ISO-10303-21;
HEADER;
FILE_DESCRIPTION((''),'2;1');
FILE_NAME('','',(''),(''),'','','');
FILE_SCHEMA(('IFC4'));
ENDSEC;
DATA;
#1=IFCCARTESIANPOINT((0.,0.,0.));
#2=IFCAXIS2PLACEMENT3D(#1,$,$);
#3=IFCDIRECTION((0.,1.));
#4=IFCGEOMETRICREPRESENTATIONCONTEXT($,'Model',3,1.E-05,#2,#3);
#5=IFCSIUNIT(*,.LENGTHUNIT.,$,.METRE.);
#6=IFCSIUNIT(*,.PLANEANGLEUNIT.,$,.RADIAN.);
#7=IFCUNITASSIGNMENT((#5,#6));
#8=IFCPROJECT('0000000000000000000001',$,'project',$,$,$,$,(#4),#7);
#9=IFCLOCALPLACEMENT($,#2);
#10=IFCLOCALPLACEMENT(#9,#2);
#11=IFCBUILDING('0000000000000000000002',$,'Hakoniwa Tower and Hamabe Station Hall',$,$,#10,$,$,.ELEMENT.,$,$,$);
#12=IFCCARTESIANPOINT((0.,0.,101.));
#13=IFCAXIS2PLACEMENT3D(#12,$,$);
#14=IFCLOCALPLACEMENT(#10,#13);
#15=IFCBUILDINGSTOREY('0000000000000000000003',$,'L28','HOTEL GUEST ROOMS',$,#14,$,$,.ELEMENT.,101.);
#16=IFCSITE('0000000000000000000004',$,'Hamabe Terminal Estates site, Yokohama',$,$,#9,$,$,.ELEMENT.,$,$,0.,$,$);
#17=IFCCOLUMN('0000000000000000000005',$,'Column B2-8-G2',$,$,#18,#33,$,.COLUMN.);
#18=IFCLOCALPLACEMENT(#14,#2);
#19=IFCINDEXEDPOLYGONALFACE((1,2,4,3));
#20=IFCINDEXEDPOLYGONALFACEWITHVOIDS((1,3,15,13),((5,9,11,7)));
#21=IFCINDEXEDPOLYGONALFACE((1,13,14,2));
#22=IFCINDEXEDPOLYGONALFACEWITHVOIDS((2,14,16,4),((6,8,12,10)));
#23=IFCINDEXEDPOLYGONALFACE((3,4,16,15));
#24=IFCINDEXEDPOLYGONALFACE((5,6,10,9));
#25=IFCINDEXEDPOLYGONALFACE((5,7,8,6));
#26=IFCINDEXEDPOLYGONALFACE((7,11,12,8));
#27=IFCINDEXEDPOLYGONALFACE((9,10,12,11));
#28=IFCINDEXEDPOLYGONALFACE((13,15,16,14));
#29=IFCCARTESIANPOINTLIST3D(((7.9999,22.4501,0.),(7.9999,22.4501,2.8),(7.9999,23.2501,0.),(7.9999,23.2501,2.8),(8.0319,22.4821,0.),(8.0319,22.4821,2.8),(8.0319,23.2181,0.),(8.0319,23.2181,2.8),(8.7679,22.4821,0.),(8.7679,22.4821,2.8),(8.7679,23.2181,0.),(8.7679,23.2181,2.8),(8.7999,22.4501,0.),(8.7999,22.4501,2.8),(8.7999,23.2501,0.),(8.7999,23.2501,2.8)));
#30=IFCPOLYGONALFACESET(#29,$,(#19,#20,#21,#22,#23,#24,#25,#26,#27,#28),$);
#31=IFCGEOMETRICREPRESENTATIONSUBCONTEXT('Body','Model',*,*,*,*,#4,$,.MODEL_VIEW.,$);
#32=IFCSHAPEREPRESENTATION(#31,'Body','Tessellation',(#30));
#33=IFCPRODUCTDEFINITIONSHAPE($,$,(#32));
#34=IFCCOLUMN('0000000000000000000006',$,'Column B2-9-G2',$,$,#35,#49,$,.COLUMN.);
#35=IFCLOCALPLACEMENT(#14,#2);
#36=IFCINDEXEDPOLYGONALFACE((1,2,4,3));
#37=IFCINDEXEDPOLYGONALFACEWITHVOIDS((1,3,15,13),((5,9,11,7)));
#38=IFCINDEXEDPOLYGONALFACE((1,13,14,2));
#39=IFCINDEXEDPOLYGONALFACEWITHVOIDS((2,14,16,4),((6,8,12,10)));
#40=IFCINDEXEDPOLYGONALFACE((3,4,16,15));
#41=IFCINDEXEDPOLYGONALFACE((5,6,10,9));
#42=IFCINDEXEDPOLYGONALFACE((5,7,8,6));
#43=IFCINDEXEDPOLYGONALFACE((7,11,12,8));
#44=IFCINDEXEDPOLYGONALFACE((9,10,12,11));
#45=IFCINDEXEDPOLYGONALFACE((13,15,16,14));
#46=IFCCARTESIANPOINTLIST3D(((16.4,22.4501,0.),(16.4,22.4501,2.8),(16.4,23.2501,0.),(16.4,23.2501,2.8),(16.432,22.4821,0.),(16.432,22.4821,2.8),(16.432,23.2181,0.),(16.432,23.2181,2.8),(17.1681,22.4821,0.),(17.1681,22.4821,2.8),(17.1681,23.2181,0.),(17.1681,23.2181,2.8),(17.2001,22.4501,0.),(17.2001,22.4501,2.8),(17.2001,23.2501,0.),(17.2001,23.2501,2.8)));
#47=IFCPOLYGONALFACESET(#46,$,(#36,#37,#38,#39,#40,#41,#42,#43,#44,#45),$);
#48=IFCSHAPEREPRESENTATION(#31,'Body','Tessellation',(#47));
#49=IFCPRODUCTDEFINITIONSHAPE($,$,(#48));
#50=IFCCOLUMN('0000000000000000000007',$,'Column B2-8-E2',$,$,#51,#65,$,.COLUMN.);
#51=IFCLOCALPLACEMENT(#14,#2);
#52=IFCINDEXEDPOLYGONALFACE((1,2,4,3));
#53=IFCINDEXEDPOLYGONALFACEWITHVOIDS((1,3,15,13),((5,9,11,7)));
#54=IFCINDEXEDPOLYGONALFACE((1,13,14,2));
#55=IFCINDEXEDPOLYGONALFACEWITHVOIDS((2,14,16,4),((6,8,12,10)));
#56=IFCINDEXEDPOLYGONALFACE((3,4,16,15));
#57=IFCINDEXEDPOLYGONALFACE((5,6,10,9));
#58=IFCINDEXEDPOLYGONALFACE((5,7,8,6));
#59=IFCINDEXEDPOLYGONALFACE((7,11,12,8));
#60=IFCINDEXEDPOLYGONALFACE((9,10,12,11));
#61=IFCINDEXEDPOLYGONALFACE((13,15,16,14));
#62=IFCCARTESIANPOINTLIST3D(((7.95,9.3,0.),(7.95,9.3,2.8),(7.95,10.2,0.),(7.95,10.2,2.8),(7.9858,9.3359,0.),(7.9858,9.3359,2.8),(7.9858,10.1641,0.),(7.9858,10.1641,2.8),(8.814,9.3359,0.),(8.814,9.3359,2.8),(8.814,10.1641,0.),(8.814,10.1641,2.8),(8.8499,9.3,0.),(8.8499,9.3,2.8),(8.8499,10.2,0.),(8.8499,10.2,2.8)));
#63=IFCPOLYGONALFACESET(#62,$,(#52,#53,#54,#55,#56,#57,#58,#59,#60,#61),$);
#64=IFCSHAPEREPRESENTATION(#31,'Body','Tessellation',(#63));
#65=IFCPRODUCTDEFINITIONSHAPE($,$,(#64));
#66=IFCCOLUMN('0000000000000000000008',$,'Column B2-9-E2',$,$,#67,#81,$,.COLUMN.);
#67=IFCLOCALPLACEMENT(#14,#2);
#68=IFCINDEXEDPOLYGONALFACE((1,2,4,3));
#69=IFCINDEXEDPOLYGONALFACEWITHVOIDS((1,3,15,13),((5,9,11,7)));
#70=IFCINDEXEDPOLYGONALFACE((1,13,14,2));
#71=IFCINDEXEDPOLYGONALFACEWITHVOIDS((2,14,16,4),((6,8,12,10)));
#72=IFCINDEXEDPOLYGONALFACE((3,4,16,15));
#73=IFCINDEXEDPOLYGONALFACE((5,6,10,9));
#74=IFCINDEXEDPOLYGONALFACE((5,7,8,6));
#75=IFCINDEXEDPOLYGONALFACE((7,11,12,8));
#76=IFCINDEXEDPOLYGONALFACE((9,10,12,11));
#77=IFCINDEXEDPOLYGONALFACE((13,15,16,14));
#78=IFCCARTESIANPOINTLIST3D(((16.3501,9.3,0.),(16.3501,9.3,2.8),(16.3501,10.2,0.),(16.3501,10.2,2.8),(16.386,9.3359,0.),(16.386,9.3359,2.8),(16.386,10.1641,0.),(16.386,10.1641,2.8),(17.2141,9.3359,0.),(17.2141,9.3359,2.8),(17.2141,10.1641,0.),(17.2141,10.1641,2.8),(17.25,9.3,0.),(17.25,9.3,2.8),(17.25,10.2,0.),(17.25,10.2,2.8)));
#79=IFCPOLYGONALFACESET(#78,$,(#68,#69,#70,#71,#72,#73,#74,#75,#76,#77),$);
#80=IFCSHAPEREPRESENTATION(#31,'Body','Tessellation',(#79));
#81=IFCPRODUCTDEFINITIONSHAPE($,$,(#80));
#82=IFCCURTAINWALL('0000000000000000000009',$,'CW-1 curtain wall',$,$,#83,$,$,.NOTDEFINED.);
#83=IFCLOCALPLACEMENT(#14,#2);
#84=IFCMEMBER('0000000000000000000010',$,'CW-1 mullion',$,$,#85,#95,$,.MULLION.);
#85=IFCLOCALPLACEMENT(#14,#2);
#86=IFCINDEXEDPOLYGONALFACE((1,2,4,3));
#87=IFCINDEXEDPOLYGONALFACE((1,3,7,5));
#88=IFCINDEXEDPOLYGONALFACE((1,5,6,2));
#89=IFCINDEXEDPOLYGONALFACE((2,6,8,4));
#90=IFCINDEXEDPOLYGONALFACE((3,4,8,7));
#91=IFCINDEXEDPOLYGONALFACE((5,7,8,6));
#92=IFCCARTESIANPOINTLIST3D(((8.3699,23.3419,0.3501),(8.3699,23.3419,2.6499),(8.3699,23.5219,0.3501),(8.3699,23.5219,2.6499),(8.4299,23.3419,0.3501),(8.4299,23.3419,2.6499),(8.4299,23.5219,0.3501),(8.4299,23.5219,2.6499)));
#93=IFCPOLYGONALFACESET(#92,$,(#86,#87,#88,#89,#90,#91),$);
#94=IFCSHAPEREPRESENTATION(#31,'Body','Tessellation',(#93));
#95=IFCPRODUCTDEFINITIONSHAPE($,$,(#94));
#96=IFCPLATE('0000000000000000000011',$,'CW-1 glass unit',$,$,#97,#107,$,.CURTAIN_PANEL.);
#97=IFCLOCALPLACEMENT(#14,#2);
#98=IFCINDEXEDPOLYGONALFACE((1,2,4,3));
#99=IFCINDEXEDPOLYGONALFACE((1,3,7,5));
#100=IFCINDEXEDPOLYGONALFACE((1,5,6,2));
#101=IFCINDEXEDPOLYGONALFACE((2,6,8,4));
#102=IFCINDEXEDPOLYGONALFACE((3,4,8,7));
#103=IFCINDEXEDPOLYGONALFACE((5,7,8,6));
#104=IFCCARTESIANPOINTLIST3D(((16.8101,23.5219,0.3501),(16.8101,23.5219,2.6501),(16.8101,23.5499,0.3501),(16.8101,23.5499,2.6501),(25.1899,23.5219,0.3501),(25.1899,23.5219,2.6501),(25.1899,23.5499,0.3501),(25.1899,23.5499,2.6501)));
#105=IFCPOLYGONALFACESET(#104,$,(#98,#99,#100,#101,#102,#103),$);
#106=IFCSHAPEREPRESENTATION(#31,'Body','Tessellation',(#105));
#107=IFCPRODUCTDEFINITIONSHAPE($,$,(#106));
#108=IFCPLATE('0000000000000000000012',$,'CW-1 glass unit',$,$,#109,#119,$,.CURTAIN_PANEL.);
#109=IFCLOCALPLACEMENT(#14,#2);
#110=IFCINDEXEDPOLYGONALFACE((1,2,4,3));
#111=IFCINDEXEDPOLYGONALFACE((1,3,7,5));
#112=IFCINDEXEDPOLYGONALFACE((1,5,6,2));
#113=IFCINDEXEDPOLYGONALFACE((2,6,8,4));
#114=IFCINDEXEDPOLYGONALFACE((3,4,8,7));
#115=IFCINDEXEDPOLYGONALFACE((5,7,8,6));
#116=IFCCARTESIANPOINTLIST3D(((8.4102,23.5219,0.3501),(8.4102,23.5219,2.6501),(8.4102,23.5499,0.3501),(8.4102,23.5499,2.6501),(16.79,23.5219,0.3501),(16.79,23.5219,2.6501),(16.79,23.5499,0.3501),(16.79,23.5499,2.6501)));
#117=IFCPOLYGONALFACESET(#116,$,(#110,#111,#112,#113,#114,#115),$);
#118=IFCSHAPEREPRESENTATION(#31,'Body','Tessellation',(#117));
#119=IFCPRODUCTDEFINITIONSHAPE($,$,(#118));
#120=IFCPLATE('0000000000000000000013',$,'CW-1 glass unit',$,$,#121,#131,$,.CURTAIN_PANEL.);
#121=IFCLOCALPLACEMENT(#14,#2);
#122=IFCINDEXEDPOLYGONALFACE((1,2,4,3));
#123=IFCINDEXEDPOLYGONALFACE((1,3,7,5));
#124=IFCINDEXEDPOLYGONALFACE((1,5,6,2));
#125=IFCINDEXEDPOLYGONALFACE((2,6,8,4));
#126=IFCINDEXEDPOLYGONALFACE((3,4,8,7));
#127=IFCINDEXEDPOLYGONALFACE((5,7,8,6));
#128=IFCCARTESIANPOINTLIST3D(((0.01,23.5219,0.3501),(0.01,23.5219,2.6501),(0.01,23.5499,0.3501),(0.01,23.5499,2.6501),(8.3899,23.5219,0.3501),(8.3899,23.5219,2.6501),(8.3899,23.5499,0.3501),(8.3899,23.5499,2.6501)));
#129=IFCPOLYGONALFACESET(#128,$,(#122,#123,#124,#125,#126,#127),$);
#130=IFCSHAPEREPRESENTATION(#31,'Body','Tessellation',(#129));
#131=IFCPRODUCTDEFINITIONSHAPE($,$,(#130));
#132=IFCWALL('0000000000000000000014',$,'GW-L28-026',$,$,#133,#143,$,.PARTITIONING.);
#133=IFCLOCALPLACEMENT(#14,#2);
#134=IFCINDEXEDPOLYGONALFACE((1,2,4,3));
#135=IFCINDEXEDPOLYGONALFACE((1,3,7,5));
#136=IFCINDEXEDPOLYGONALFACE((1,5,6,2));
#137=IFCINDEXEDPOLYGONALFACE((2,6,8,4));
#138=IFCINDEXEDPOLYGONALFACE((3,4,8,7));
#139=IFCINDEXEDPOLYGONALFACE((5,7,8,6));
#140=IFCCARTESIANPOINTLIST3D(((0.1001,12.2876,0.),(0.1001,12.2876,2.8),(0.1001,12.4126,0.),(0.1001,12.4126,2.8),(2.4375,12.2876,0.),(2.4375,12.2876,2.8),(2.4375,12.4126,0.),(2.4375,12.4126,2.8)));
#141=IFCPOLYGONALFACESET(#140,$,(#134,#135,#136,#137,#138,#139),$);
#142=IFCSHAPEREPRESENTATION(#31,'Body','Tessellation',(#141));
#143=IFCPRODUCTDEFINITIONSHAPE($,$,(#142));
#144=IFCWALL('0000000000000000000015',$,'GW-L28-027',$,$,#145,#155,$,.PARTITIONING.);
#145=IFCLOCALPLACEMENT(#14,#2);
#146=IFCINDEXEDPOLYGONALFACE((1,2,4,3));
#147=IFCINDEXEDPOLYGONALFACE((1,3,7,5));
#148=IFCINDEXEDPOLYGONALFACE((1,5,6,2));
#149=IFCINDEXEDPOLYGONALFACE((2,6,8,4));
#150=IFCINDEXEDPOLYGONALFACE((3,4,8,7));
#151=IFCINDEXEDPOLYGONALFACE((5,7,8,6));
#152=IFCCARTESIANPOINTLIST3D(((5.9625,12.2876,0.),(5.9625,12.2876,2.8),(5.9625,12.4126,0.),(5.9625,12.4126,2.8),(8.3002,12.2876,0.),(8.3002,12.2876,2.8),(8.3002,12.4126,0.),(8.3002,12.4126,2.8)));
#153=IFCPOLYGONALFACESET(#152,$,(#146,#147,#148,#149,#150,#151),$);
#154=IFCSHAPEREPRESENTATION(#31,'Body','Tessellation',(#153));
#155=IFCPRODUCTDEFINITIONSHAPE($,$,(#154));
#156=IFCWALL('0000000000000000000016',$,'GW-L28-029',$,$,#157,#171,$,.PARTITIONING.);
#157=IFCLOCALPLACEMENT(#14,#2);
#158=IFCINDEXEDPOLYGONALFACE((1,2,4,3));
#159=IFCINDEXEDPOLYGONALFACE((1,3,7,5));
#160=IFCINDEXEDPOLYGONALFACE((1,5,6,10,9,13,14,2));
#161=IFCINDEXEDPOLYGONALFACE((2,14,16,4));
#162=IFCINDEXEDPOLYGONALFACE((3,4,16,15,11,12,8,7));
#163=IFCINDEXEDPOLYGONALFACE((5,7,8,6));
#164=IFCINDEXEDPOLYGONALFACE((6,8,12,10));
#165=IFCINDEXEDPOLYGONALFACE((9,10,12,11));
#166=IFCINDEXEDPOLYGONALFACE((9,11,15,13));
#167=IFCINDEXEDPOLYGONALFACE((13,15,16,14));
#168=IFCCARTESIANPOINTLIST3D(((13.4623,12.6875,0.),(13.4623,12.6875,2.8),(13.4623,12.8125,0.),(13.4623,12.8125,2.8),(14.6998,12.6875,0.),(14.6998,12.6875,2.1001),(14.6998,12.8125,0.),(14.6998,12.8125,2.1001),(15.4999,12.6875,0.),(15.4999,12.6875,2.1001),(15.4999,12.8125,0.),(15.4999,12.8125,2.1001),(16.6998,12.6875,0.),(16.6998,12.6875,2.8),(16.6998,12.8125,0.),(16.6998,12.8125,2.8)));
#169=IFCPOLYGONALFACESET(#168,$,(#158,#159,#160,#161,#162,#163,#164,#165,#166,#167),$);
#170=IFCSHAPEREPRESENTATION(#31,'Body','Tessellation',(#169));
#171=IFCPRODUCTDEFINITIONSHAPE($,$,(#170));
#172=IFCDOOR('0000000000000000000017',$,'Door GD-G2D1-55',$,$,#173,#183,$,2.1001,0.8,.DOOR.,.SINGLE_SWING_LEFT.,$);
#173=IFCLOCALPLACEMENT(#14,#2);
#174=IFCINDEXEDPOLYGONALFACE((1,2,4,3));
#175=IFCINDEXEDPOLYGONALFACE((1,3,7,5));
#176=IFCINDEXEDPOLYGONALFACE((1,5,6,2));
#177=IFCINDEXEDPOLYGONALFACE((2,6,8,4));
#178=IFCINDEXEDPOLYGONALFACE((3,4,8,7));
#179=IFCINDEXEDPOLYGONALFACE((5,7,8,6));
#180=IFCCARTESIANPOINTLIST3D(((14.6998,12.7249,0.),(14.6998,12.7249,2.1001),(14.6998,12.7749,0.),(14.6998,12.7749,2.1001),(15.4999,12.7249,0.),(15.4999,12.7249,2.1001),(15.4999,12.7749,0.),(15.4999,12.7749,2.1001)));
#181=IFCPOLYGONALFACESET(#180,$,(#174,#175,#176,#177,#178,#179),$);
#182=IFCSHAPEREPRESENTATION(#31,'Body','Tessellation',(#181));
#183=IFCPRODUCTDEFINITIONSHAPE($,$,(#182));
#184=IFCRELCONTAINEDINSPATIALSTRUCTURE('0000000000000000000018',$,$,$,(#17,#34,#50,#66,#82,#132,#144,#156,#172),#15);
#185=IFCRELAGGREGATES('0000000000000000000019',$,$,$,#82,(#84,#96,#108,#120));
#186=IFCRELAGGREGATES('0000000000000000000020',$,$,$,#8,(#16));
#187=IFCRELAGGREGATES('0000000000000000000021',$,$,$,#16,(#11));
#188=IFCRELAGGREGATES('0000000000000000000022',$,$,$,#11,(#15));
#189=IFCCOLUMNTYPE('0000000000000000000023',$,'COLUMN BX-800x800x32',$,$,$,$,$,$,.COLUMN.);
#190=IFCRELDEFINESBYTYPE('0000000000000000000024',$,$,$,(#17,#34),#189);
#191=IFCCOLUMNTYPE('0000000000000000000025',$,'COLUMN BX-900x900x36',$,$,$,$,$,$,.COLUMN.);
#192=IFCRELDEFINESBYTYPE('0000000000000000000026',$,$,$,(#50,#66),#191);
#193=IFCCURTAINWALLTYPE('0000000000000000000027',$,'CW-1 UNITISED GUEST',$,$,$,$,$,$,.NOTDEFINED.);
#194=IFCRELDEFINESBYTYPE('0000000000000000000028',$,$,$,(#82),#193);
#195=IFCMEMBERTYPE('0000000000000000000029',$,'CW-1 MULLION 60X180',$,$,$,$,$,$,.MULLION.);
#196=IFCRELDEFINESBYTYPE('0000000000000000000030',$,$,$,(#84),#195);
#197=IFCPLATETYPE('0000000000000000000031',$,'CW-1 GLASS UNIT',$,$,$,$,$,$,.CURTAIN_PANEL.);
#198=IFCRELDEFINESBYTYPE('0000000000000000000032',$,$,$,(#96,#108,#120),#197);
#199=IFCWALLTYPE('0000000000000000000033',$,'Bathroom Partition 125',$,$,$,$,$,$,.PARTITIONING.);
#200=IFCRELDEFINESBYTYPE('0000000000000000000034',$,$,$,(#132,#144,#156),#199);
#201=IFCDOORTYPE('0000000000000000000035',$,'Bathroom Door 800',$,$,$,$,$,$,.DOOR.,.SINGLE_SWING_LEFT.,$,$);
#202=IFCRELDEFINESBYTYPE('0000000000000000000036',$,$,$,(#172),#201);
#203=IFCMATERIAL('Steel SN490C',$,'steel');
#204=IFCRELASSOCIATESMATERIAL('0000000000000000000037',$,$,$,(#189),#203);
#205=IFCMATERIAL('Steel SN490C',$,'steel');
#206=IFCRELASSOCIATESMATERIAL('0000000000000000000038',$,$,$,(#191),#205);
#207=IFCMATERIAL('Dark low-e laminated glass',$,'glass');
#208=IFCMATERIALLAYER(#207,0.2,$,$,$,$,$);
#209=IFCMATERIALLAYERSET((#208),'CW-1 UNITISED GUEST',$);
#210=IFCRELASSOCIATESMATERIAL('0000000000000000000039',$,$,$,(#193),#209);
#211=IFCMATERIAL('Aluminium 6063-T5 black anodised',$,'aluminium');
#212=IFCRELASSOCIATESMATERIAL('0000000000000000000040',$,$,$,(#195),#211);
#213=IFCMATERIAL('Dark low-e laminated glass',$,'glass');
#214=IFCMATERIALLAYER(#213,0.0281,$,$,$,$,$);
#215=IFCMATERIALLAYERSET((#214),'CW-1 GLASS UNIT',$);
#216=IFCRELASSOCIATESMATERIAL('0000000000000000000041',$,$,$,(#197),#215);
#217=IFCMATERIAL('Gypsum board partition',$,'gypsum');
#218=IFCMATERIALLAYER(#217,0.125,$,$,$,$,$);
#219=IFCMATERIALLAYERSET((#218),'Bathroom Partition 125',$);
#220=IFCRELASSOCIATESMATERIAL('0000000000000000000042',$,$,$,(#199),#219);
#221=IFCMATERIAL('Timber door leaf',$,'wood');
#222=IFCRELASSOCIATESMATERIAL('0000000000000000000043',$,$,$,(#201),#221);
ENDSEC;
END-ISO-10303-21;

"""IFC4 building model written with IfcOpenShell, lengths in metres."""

from ifc_helpers import new_model, si_unit, direction, frame, frame_2d, origin, origin_2d, place, context, subcontext, project, spatial, rectangle, hollow_rectangle, extrude, material, layer, layer_set, material_profile, profile_set, type_object, element, fill, aggregate, save


model = new_model("IFC4")

# Units and contexts
model_context = context("Model", 3, precision=1e-05, world=origin(), true_north=direction((0.0, 1.0)))
body_context = subcontext(model_context, "Body", "Model", "MODEL_VIEW")
ifc_project = project(units=[si_unit("LENGTHUNIT", "METRE"), si_unit("PLANEANGLEUNIT", "RADIAN")], contexts=[model_context])

# Site, building, storey
site_placement = place(None, origin())
site = spatial("IfcSite", under=ifc_project, at=site_placement, Name="Hamabe Terminal Estates site, Yokohama", CompositionType="ELEMENT", RefElevation=0.0)
building_placement = place(site_placement, origin())
building = spatial("IfcBuilding", under=site, at=building_placement, Name="Hakoniwa Tower and Hamabe Station Hall", CompositionType="ELEMENT")
storey_placement = place(building_placement, frame((0.0, 0.0, 101.0)))
storey = spatial("IfcBuildingStorey", under=building, at=storey_placement, Name="L28", Description="HOTEL GUEST ROOMS", CompositionType="ELEMENT", Elevation=101.0)

# Columns
ifc_material_1 = material(Name="Steel SN490C", Category="steel")
ifc_material_profile_1 = material_profile(ifc_material_1, hollow_rectangle(XDim=0.8, YDim=0.8, WallThickness=0.032, at=origin_2d()), Name="BX-800x800x32")
ifc_profile_set_1 = profile_set([ifc_material_profile_1], Name="Steel SN490C")
column_type_1 = type_object("IfcColumnType", Name="COLUMN BX-800x800x32", PredefinedType="COLUMN", material=ifc_profile_set_1)
for number, where, z_axis, x_axis, name in (
    (1, (8.3999, 22.8501, 0.0), (0.0, 0.0, 1.0), (1.0, 0.0, 0.0), "Column B2-8-G2"),
    (2, (16.8, 22.8501, 0.0), (0.0, 0.0, 1.0), (1.0, 0.0, 0.0), "Column B2-9-G2"),
):
    element("IfcColumn", number, at=place(storey_placement, frame(where, z_axis=z_axis, x_axis=x_axis)), inside=storey, type_object=column_type_1, Name=name, PredefinedType="COLUMN", context=body_context, shape_type="SweptSolid", body=[
        extrude(hollow_rectangle(XDim=0.8, YDim=0.8, WallThickness=0.032, at=origin_2d()), origin(), (0.0, 0.0, 1.0), 2.8),
    ])
ifc_material_2 = material(Name="Steel SN490C", Category="steel")
ifc_material_profile_2 = material_profile(ifc_material_2, hollow_rectangle(XDim=0.8999, YDim=0.8999, WallThickness=0.0359, at=origin_2d()), Name="BX-900x900x36")
ifc_profile_set_2 = profile_set([ifc_material_profile_2], Name="Steel SN490C")
column_type_2 = type_object("IfcColumnType", Name="COLUMN BX-900x900x36", PredefinedType="COLUMN", material=ifc_profile_set_2)
for number, where, z_axis, x_axis, name in (
    (3, (8.3999, 9.75, 0.0), (0.0, 0.0, 1.0), (1.0, 0.0, 0.0), "Column B2-8-E2"),
    (4, (16.8, 9.75, 0.0), (0.0, 0.0, 1.0), (1.0, 0.0, 0.0), "Column B2-9-E2"),
):
    element("IfcColumn", number, at=place(storey_placement, frame(where, z_axis=z_axis, x_axis=x_axis)), inside=storey, type_object=column_type_2, Name=name, PredefinedType="COLUMN", context=body_context, shape_type="SweptSolid", body=[
        extrude(hollow_rectangle(XDim=0.8999, YDim=0.8999, WallThickness=0.0359, at=origin_2d()), origin(), (0.0, 0.0, 1.0), 2.8),
    ])

# Curtain wall, member, plates
ifc_material_3 = material(Name="Dark low-e laminated glass", Category="glass")
ifc_layer_1 = layer(ifc_material_3, 0.2)
ifc_layer_set_1 = layer_set([ifc_layer_1], Name="CW-1 UNITISED GUEST")
curtain_wall_type = type_object("IfcCurtainWallType", Name="CW-1 UNITISED GUEST", PredefinedType="NOTDEFINED", material=ifc_layer_set_1)
curtain_wall_placement = place(storey_placement, origin())
curtain_wall = element("IfcCurtainWall", 5, at=curtain_wall_placement, inside=storey, type_object=curtain_wall_type, Name="CW-1 curtain wall", PredefinedType="NOTDEFINED")
ifc_material_4 = material(Name="Aluminium 6063-T5 black anodised", Category="aluminium")
ifc_material_profile_3 = material_profile(ifc_material_4, rectangle(XDim=0.0601, YDim=0.1799, at=origin_2d()), Name="CW-1 MULLION 60X180")
ifc_profile_set_3 = profile_set([ifc_material_profile_3], Name="Aluminium 6063-T5 black anodised")
member_type = type_object("IfcMemberType", Name="CW-1 MULLION 60X180", PredefinedType="MULLION", material=ifc_profile_set_3)
member_placement = place(storey_placement, frame((8.3999, 23.4319, 0.3501), z_axis=(0.0, 0.0, 1.0), x_axis=(-1.0, 0.0, 0.0)))
member = element("IfcMember", 6, at=member_placement, type_object=member_type, Name="CW-1 mullion", PredefinedType="MULLION", context=body_context, shape_type="SweptSolid", body=[
    extrude(rectangle(XDim=0.0601, YDim=0.1799, at=origin_2d()), origin(), (0.0, 0.0, 1.0), 2.2998),
])
ifc_material_5 = material(Name="Dark low-e laminated glass", Category="glass")
ifc_layer_2 = layer(ifc_material_5, 0.0281)
ifc_layer_set_2 = layer_set([ifc_layer_2], Name="CW-1 GLASS UNIT")
plate_type = type_object("IfcPlateType", Name="CW-1 GLASS UNIT", PredefinedType="CURTAIN_PANEL", material=ifc_layer_set_2)
plate_1_placement = place(storey_placement, frame((21.0, 23.5359, 0.3501), z_axis=(0.0, 0.0, 1.0), x_axis=(-1.0, 0.0, 0.0)))
plate_1 = element("IfcPlate", 7, at=plate_1_placement, type_object=plate_type, Name="CW-1 glass unit", PredefinedType="CURTAIN_PANEL", context=body_context, shape_type="SweptSolid", body=[
    extrude(rectangle(XDim=8.3799, YDim=0.0281, at=origin_2d()), origin(), (0.0, 0.0, 1.0), 2.3),
])
plate_2_placement = place(storey_placement, frame((12.6001, 23.5359, 0.3501), z_axis=(0.0, 0.0, 1.0), x_axis=(-1.0, 0.0, 0.0)))
plate_2 = element("IfcPlate", 8, at=plate_2_placement, type_object=plate_type, Name="CW-1 glass unit", PredefinedType="CURTAIN_PANEL", context=body_context, shape_type="SweptSolid", body=[
    extrude(rectangle(XDim=8.3799, YDim=0.0281, at=origin_2d()), origin(), (0.0, 0.0, 1.0), 2.3),
])
plate_3_placement = place(storey_placement, frame((4.2, 23.5359, 0.3501), z_axis=(0.0, 0.0, 1.0), x_axis=(-1.0, 0.0, 0.0)))
plate_3 = element("IfcPlate", 9, at=plate_3_placement, type_object=plate_type, Name="CW-1 glass unit", PredefinedType="CURTAIN_PANEL", context=body_context, shape_type="SweptSolid", body=[
    extrude(rectangle(XDim=8.3799, YDim=0.0281, at=origin_2d()), origin(), (0.0, 0.0, 1.0), 2.3),
])
aggregate(curtain_wall, [member, plate_1, plate_2, plate_3])

# Walls
ifc_material_6 = material(Name="Gypsum board partition", Category="gypsum")
ifc_layer_3 = layer(ifc_material_6, 0.125)
ifc_layer_set_3 = layer_set([ifc_layer_3], Name="Bathroom Partition 125")
wall_type_1 = type_object("IfcWallType", Name="Bathroom Partition 125", PredefinedType="PARTITIONING", material=ifc_layer_set_3)
wall_1_placement = place(storey_placement, frame((0.1001, 12.3501, 0.0), z_axis=(0.0, 0.0, 1.0), x_axis=(1.0, 0.0, 0.0)))
element("IfcWall", 10, at=wall_1_placement, inside=storey, type_object=wall_type_1, Name="GW-L28-026", PredefinedType="PARTITIONING", context=body_context, shape_type="SweptSolid", body=[
    extrude(rectangle(XDim=2.3374, YDim=0.125, at=frame_2d((1.1687, 0.0))), origin(), (0.0, 0.0, 1.0), 2.8),
])
wall_2_placement = place(storey_placement, frame((5.9624, 12.3501, 0.0), z_axis=(0.0, 0.0, 1.0), x_axis=(1.0, 0.0, 0.0)))
element("IfcWall", 11, at=wall_2_placement, inside=storey, type_object=wall_type_1, Name="GW-L28-027", PredefinedType="PARTITIONING", context=body_context, shape_type="SweptSolid", body=[
    extrude(rectangle(XDim=2.3376, YDim=0.125, at=frame_2d((1.1689, 0.0))), origin(), (0.0, 0.0, 1.0), 2.8),
])

# Wall, opening, door
wall_3_placement = place(storey_placement, frame((13.4624, 12.75, 0.0), z_axis=(0.0, 0.0, 1.0), x_axis=(1.0, 0.0, 0.0)))
wall_3 = element("IfcWall", 12, at=wall_3_placement, inside=storey, type_object=wall_type_1, Name="GW-L28-029", PredefinedType="PARTITIONING", context=body_context, shape_type="SweptSolid", body=[
    extrude(rectangle(XDim=3.2375, YDim=0.125, at=frame_2d((1.6187, 0.0))), origin(), (0.0, 0.0, 1.0), 2.8),
])
opening_1_placement = place(wall_3_placement, frame((1.2375, 0.0, 0.0)))
opening_1 = element("IfcOpeningElement", 13, at=opening_1_placement, cuts=wall_3, PredefinedType="OPENING", context=body_context, shape_type="SweptSolid", body=[
    extrude(rectangle(XDim=0.8, YDim=2.1001, at=frame_2d((0.3999, 1.05))), frame((0.0, 0.0725, 0.0), z_axis=(0.0, -1.0, 0.0), x_axis=(1.0, 0.0, 0.0)), (0.0, 0.0, 1.0), 0.145),
])
ifc_material_7 = material(Name="Timber door leaf", Category="wood")
door_type_1 = type_object("IfcDoorType", Name="Bathroom Door 800", OperationType="SINGLE_SWING_LEFT", PredefinedType="DOOR", material=ifc_material_7)
door_1_placement = place(opening_1_placement, origin())
door_1 = element("IfcDoor", 14, at=door_1_placement, inside=storey, type_object=door_type_1, Name="Door GD-G2D1-55", OperationType="SINGLE_SWING_LEFT", OverallHeight=2.1001, OverallWidth=0.8, PredefinedType="DOOR", context=body_context, shape_type="SweptSolid", body=[
    extrude(rectangle(XDim=0.8, YDim=2.1001, at=frame_2d((0.3999, 1.05))), frame((0.0, 0.0249, 0.0), z_axis=(0.0, -1.0, 0.0), x_axis=(1.0, 0.0, 0.0)), (0.0, 0.0, 1.0), 0.05),
])
fill(opening_1, door_1)

save(model, "model.ifc")
